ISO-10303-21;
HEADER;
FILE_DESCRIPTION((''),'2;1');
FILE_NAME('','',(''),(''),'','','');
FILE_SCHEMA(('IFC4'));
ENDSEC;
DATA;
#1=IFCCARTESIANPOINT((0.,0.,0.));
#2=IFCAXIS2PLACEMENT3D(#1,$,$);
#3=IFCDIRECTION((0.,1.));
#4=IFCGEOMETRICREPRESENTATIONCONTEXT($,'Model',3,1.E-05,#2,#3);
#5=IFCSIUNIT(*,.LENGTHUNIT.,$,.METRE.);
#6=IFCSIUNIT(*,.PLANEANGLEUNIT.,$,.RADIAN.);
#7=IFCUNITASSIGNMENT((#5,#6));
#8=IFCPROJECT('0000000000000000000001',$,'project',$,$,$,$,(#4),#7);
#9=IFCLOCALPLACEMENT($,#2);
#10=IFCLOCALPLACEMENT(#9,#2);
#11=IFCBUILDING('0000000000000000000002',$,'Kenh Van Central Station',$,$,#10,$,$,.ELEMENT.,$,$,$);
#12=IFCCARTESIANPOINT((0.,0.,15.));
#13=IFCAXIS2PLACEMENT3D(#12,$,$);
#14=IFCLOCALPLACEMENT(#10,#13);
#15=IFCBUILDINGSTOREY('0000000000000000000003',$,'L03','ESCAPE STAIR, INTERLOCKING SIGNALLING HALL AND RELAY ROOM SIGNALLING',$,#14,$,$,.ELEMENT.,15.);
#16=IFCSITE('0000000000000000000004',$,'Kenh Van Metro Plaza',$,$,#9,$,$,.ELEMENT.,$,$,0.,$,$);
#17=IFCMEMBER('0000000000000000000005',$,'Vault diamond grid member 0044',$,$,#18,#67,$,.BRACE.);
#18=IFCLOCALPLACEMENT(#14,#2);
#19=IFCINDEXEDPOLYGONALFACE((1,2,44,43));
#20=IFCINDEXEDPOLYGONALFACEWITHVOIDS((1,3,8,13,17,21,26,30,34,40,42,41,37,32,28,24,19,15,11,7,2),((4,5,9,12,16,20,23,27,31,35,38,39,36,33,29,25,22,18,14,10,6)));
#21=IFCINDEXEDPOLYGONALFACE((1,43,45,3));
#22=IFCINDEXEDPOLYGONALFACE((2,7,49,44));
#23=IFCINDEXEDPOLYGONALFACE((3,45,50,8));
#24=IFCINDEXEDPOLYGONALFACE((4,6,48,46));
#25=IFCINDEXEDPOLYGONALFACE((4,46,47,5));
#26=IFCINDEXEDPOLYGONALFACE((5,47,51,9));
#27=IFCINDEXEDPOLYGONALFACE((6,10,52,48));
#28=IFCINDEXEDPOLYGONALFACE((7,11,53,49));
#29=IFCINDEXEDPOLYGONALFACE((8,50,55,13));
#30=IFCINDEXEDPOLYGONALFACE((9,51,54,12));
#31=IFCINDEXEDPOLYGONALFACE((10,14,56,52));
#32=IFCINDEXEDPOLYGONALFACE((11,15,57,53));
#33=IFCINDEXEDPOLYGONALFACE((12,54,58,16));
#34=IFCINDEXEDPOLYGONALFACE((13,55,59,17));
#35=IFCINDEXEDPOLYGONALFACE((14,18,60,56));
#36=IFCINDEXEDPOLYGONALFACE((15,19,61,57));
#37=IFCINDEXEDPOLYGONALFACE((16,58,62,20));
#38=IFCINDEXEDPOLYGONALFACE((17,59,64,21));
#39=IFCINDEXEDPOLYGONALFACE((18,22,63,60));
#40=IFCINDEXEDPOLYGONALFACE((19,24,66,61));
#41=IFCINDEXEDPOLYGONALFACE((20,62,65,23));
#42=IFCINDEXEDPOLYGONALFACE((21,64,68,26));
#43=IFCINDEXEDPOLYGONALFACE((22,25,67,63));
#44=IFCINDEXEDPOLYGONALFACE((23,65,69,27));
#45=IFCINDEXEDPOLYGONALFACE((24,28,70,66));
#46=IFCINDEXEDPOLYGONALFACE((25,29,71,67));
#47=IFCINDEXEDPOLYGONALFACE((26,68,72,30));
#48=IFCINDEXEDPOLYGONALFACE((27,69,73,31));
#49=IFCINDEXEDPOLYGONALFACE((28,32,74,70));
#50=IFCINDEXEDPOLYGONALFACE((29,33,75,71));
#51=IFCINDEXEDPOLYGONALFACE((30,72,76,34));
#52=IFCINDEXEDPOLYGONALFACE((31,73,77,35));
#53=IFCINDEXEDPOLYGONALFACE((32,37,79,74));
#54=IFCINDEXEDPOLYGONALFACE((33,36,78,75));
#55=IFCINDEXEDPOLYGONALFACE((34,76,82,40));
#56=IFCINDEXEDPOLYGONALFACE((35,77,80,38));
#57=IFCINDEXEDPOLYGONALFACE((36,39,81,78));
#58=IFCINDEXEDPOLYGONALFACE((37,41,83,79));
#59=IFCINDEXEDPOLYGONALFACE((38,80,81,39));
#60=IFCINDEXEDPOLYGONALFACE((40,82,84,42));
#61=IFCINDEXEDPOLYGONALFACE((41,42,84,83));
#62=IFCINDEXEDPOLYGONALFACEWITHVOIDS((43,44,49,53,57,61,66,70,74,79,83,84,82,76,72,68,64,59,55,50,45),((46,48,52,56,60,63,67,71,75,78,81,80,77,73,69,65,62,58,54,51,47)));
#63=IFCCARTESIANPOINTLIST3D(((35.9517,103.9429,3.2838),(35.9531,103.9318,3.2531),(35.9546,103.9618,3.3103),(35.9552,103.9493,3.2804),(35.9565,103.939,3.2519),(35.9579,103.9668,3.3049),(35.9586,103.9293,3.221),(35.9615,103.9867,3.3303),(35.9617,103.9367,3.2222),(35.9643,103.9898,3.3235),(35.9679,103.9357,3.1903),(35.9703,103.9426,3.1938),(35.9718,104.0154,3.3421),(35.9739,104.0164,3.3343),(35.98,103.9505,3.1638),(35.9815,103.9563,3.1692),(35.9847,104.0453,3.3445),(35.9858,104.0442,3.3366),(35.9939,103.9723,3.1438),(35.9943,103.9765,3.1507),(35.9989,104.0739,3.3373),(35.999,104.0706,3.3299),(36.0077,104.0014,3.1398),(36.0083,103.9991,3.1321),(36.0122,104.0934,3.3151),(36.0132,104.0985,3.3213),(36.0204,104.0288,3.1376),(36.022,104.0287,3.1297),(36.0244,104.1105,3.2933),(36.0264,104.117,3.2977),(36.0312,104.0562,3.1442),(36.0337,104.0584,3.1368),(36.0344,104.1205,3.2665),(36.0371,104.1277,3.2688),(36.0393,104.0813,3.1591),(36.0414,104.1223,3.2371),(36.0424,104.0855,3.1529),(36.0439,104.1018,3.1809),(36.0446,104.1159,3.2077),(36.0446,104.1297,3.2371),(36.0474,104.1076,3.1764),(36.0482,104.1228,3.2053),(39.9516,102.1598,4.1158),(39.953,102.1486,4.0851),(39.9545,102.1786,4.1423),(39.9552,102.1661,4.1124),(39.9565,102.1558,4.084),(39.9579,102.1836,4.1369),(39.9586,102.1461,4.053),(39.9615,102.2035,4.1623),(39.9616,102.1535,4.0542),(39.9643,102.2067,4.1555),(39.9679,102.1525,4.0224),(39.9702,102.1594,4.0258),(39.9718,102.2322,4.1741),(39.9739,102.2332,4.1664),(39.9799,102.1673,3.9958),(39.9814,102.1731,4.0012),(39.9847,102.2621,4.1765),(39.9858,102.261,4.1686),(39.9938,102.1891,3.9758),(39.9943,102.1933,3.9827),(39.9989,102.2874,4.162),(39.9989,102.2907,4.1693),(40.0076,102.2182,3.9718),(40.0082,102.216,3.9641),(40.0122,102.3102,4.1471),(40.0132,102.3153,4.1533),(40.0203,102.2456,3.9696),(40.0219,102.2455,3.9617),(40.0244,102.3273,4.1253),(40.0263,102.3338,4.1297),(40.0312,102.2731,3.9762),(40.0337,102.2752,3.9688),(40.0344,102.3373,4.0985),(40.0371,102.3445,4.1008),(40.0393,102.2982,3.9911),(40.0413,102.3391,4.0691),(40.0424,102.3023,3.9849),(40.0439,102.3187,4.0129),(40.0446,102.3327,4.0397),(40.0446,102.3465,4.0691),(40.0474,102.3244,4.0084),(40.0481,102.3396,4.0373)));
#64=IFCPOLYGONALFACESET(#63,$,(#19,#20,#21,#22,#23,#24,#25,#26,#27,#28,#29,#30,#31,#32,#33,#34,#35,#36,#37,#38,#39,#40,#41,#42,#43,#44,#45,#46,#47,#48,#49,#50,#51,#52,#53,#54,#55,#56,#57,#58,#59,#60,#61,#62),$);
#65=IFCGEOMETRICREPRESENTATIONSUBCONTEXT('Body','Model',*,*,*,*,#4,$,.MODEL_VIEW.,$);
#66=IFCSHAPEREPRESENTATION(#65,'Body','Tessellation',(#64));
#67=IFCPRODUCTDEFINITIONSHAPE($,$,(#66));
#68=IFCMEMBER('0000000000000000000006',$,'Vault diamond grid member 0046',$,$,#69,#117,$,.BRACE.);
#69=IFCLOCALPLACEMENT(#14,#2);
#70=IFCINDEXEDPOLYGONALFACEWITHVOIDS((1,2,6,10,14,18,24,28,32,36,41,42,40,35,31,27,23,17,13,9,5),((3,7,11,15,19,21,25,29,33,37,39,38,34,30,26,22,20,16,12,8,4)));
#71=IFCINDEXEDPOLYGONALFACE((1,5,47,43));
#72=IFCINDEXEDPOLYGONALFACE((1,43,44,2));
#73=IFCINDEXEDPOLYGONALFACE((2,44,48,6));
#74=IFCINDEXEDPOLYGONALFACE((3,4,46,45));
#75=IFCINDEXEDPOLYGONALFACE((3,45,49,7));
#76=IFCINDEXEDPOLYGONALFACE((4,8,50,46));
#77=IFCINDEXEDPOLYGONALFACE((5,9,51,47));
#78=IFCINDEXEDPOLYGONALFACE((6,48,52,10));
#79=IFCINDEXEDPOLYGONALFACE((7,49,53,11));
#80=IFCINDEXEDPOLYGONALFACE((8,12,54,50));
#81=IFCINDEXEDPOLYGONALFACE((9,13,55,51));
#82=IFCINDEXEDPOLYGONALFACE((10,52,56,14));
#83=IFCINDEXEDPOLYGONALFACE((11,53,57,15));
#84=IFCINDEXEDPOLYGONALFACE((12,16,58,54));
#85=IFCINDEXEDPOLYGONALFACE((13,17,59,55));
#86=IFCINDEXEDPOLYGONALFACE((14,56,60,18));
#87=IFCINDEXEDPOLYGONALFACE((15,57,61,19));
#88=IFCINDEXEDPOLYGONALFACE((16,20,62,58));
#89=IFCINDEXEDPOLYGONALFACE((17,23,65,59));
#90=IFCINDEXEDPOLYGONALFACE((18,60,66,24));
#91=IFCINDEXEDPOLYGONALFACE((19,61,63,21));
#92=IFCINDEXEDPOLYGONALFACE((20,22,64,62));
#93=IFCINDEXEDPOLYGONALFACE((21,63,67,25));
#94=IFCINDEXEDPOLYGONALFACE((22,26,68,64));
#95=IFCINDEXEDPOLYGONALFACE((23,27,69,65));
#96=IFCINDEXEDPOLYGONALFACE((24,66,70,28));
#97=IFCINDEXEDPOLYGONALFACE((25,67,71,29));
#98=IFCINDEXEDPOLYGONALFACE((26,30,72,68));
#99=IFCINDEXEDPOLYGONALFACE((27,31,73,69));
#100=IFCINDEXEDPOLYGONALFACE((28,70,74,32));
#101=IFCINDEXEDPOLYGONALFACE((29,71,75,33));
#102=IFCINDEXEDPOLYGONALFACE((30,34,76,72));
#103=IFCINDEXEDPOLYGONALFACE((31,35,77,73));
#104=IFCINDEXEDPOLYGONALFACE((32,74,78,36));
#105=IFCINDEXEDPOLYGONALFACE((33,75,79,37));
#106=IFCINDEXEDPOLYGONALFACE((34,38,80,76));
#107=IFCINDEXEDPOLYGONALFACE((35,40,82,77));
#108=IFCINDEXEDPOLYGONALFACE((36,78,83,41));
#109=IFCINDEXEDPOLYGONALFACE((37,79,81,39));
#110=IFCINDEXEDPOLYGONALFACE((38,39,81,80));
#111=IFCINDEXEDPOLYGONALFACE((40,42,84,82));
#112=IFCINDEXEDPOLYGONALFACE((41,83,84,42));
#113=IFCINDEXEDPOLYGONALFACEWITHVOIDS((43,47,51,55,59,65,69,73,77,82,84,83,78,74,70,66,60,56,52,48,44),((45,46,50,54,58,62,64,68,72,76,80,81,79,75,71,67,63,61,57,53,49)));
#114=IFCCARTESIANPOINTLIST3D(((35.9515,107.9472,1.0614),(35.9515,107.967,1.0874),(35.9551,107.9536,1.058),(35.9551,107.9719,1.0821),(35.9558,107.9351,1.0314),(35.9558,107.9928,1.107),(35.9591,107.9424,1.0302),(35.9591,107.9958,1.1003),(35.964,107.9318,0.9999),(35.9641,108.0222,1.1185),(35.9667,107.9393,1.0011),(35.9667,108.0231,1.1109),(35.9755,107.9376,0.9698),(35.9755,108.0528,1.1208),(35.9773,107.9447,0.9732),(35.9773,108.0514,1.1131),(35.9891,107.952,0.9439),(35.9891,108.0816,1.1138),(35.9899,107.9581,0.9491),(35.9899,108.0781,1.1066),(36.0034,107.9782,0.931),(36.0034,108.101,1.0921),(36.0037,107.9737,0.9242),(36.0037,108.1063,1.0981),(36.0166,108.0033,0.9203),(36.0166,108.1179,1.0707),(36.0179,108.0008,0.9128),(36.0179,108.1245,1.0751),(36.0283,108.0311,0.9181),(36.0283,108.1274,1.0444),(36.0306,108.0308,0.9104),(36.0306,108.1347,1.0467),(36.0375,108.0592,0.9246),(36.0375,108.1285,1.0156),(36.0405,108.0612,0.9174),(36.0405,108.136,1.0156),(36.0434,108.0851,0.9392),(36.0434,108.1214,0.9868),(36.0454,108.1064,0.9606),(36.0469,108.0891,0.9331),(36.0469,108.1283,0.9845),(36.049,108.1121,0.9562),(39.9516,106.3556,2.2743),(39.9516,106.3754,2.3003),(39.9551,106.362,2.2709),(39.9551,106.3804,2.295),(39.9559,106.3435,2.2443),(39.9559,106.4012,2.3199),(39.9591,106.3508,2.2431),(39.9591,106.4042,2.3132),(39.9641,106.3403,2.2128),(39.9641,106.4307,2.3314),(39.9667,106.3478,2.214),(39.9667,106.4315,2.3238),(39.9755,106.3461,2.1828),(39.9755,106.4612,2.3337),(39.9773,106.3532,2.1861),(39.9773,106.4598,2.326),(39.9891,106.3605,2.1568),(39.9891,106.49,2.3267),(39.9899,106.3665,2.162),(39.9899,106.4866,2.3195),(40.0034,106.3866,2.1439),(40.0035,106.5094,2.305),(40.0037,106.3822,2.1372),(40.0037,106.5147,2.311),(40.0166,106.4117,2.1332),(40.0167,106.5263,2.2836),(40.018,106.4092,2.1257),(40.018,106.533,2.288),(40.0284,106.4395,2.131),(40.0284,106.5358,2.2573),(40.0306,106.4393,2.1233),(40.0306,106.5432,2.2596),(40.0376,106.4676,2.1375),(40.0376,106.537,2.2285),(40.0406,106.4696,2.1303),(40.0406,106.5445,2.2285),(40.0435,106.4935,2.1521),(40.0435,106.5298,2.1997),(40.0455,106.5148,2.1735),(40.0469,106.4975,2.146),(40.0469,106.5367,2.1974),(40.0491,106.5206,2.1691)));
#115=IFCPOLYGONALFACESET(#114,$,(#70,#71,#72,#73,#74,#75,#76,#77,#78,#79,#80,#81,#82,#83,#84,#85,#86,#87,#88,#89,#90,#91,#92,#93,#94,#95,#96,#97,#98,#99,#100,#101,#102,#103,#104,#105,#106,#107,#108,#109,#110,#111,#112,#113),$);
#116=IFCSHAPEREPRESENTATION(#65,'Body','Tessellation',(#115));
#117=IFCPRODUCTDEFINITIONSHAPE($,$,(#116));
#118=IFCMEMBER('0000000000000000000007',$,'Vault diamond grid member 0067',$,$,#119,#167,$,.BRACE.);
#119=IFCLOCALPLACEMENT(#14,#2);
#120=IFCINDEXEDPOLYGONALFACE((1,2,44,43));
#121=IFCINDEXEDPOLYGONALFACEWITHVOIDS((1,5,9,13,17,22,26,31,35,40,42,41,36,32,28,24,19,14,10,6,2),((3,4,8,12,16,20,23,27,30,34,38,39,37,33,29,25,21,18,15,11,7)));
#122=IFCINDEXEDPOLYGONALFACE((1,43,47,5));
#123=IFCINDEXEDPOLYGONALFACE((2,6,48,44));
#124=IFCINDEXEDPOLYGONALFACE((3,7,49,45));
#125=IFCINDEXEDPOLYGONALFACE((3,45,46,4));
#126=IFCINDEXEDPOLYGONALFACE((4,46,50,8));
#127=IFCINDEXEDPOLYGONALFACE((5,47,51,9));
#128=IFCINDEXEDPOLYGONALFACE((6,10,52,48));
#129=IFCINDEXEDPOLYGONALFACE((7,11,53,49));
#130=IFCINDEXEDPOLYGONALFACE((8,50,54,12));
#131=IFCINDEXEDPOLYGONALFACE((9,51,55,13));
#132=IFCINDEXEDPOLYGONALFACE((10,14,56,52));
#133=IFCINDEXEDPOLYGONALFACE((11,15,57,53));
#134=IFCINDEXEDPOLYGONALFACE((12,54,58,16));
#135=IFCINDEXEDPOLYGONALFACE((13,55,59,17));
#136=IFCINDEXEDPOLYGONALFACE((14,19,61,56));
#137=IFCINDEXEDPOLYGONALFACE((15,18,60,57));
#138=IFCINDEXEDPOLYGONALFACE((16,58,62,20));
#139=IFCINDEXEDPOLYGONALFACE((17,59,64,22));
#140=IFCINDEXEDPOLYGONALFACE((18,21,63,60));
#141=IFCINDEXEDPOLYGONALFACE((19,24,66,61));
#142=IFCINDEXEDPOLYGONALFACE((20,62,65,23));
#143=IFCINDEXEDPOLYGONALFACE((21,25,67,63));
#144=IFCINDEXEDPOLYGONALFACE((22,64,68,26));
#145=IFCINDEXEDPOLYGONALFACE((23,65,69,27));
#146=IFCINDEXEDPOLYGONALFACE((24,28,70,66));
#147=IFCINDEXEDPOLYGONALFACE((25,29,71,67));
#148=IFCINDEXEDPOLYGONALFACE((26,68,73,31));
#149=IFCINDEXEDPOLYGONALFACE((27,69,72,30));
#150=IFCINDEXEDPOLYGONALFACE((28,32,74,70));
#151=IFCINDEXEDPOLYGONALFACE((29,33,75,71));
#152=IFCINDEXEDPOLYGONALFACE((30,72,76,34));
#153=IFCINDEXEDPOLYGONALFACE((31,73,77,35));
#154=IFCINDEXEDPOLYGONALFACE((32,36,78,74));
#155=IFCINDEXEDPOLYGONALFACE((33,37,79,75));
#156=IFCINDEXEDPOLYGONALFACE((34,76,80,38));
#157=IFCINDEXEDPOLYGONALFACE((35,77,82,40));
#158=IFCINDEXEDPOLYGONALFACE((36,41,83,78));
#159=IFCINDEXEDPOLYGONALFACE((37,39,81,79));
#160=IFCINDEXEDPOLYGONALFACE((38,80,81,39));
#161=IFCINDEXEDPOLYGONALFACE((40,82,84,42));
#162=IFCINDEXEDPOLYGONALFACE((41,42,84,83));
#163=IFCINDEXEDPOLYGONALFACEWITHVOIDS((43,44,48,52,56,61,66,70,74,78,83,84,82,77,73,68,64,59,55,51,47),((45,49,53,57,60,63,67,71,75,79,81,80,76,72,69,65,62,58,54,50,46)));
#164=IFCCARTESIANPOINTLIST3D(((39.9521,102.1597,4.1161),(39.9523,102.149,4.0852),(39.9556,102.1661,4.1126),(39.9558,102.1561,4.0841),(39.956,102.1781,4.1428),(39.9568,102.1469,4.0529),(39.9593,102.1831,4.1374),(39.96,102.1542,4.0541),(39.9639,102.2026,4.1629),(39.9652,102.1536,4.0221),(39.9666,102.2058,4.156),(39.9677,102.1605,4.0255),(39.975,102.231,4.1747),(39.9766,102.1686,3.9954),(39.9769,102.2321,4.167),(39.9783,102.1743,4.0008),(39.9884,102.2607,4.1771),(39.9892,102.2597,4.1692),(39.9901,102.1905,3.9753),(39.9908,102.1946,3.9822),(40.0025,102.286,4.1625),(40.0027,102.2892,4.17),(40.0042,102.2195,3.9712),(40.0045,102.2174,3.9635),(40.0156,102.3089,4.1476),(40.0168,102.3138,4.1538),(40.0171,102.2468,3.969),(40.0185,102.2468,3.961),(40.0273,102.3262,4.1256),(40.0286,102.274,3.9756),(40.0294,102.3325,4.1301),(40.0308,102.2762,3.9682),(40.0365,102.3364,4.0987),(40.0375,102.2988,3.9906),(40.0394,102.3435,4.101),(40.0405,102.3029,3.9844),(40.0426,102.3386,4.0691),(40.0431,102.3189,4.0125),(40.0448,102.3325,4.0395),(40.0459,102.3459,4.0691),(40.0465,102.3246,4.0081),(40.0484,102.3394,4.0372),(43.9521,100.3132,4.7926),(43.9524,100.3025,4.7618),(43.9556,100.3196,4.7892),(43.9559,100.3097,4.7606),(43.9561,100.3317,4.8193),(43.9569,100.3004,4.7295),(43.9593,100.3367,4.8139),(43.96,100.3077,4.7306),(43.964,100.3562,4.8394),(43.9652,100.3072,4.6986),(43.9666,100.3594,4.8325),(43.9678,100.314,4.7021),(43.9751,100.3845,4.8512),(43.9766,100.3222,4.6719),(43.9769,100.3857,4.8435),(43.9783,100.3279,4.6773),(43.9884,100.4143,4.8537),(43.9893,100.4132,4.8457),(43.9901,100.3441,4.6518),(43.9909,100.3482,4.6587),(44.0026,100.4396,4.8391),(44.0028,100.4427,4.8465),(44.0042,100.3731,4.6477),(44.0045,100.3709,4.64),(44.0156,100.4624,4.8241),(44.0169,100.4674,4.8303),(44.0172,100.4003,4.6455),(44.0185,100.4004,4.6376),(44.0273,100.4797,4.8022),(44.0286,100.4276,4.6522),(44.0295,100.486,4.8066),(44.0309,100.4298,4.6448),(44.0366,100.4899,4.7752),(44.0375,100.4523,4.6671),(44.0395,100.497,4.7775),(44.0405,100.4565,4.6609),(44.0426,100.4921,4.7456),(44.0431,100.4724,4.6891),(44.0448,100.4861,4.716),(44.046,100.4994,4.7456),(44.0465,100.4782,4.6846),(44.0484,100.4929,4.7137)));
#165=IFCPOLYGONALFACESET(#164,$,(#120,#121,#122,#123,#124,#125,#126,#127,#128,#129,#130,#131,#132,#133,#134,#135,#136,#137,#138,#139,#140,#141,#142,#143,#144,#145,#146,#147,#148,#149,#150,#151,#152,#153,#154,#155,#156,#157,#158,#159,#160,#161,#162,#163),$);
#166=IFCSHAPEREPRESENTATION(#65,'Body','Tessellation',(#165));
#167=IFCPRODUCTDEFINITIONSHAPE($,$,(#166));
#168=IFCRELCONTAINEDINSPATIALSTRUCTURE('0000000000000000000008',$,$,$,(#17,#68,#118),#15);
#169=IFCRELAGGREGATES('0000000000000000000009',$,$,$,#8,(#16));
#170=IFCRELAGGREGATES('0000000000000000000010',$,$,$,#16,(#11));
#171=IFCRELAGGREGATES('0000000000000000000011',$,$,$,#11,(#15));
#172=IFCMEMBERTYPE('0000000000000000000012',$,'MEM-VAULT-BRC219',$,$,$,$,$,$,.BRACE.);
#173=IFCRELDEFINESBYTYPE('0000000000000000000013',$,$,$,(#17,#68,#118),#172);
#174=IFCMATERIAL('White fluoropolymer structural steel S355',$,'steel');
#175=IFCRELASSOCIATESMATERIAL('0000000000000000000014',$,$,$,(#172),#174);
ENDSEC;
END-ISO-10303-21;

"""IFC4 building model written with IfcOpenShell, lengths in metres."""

from ifc_helpers import new_model, si_unit, direction, frame, origin, origin_2d, place, context, subcontext, project, spatial, hollow_circle, extrude, material, material_profile, profile_set, type_object, element, save


model = new_model("IFC4")

# Units and contexts
model_context = context("Model", 3, precision=1e-05, world=origin(), true_north=direction((0.0, 1.0)))
body_context = subcontext(model_context, "Body", "Model", "MODEL_VIEW")
ifc_project = project(units=[si_unit("LENGTHUNIT", "METRE"), si_unit("PLANEANGLEUNIT", "RADIAN")], contexts=[model_context])

# Site, building, storey
site_placement = place(None, origin())
site = spatial("IfcSite", under=ifc_project, at=site_placement, Name="Kenh Van Metro Plaza", CompositionType="ELEMENT", RefElevation=0.0)
building_placement = place(site_placement, origin())
building = spatial("IfcBuilding", under=site, at=building_placement, Name="Kenh Van Central Station", CompositionType="ELEMENT")
storey_placement = place(building_placement, frame((0.0, 0.0, 15.0)))
storey = spatial("IfcBuildingStorey", under=building, at=storey_placement, Name="L03", Description="ESCAPE STAIR, INTERLOCKING SIGNALLING HALL AND RELAY ROOM SIGNALLING", CompositionType="ELEMENT", Elevation=15.0)

# Shared definitions
ifc_material_1 = material(Name="White fluoropolymer structural steel S355", Category="steel")

# Members
ifc_material_profile_1 = material_profile(ifc_material_1, hollow_circle(Radius=0.1096, WallThickness=0.0081, at=origin_2d()), Name="CHS 219.1x8")
ifc_profile_set_1 = profile_set([ifc_material_profile_1], Name="White fluoropolymer structural steel S355")
member_type_1 = type_object("IfcMemberType", Name="MEM-VAULT-BRC219", PredefinedType="BRACE", material=ifc_profile_set_1)
member_1_placement = place(storey_placement, frame((36.0, 104.0295, 3.2371), z_axis=(0.897301, -0.400018, 0.186646), x_axis=(0.407173, 0.913351, 0.0)))
element("IfcMember", 1, at=member_1_placement, inside=storey, type_object=member_type_1, Name="Vault diamond grid member 0044", PredefinedType="BRACE", context=body_context, shape_type="SweptSolid", body=[
    extrude(hollow_circle(Radius=0.1096, WallThickness=0.0081, at=origin_2d()), origin(), (0.0, 0.0, 1.0), 4.4578),
])
member_2_placement = place(storey_placement, frame((36.0, 108.0342, 1.0156), z_axis=(0.894335, -0.355845, 0.271182), x_axis=(0.369699, 0.929152, 0.0)))
element("IfcMember", 2, at=member_2_placement, inside=storey, type_object=member_type_1, Name="Vault diamond grid member 0046", PredefinedType="BRACE", context=body_context, shape_type="SweptSolid", body=[
    extrude(hollow_circle(Radius=0.1096, WallThickness=0.0081, at=origin_2d()), origin(), (0.0, 0.0, 1.0), 4.4727),
])
member_3_placement = place(storey_placement, frame((40.0, 102.2463, 4.0691), z_axis=(0.897416, -0.414255, 0.151779), x_axis=(0.419111, 0.907935, 0.0)))
element("IfcMember", 3, at=member_3_placement, inside=storey, type_object=member_type_1, Name="Vault diamond grid member 0067", PredefinedType="BRACE", context=body_context, shape_type="SweptSolid", body=[
    extrude(hollow_circle(Radius=0.1096, WallThickness=0.0081, at=origin_2d()), origin(), (0.0, 0.0, 1.0), 4.4573),
])

save(model, "model.ifc")
